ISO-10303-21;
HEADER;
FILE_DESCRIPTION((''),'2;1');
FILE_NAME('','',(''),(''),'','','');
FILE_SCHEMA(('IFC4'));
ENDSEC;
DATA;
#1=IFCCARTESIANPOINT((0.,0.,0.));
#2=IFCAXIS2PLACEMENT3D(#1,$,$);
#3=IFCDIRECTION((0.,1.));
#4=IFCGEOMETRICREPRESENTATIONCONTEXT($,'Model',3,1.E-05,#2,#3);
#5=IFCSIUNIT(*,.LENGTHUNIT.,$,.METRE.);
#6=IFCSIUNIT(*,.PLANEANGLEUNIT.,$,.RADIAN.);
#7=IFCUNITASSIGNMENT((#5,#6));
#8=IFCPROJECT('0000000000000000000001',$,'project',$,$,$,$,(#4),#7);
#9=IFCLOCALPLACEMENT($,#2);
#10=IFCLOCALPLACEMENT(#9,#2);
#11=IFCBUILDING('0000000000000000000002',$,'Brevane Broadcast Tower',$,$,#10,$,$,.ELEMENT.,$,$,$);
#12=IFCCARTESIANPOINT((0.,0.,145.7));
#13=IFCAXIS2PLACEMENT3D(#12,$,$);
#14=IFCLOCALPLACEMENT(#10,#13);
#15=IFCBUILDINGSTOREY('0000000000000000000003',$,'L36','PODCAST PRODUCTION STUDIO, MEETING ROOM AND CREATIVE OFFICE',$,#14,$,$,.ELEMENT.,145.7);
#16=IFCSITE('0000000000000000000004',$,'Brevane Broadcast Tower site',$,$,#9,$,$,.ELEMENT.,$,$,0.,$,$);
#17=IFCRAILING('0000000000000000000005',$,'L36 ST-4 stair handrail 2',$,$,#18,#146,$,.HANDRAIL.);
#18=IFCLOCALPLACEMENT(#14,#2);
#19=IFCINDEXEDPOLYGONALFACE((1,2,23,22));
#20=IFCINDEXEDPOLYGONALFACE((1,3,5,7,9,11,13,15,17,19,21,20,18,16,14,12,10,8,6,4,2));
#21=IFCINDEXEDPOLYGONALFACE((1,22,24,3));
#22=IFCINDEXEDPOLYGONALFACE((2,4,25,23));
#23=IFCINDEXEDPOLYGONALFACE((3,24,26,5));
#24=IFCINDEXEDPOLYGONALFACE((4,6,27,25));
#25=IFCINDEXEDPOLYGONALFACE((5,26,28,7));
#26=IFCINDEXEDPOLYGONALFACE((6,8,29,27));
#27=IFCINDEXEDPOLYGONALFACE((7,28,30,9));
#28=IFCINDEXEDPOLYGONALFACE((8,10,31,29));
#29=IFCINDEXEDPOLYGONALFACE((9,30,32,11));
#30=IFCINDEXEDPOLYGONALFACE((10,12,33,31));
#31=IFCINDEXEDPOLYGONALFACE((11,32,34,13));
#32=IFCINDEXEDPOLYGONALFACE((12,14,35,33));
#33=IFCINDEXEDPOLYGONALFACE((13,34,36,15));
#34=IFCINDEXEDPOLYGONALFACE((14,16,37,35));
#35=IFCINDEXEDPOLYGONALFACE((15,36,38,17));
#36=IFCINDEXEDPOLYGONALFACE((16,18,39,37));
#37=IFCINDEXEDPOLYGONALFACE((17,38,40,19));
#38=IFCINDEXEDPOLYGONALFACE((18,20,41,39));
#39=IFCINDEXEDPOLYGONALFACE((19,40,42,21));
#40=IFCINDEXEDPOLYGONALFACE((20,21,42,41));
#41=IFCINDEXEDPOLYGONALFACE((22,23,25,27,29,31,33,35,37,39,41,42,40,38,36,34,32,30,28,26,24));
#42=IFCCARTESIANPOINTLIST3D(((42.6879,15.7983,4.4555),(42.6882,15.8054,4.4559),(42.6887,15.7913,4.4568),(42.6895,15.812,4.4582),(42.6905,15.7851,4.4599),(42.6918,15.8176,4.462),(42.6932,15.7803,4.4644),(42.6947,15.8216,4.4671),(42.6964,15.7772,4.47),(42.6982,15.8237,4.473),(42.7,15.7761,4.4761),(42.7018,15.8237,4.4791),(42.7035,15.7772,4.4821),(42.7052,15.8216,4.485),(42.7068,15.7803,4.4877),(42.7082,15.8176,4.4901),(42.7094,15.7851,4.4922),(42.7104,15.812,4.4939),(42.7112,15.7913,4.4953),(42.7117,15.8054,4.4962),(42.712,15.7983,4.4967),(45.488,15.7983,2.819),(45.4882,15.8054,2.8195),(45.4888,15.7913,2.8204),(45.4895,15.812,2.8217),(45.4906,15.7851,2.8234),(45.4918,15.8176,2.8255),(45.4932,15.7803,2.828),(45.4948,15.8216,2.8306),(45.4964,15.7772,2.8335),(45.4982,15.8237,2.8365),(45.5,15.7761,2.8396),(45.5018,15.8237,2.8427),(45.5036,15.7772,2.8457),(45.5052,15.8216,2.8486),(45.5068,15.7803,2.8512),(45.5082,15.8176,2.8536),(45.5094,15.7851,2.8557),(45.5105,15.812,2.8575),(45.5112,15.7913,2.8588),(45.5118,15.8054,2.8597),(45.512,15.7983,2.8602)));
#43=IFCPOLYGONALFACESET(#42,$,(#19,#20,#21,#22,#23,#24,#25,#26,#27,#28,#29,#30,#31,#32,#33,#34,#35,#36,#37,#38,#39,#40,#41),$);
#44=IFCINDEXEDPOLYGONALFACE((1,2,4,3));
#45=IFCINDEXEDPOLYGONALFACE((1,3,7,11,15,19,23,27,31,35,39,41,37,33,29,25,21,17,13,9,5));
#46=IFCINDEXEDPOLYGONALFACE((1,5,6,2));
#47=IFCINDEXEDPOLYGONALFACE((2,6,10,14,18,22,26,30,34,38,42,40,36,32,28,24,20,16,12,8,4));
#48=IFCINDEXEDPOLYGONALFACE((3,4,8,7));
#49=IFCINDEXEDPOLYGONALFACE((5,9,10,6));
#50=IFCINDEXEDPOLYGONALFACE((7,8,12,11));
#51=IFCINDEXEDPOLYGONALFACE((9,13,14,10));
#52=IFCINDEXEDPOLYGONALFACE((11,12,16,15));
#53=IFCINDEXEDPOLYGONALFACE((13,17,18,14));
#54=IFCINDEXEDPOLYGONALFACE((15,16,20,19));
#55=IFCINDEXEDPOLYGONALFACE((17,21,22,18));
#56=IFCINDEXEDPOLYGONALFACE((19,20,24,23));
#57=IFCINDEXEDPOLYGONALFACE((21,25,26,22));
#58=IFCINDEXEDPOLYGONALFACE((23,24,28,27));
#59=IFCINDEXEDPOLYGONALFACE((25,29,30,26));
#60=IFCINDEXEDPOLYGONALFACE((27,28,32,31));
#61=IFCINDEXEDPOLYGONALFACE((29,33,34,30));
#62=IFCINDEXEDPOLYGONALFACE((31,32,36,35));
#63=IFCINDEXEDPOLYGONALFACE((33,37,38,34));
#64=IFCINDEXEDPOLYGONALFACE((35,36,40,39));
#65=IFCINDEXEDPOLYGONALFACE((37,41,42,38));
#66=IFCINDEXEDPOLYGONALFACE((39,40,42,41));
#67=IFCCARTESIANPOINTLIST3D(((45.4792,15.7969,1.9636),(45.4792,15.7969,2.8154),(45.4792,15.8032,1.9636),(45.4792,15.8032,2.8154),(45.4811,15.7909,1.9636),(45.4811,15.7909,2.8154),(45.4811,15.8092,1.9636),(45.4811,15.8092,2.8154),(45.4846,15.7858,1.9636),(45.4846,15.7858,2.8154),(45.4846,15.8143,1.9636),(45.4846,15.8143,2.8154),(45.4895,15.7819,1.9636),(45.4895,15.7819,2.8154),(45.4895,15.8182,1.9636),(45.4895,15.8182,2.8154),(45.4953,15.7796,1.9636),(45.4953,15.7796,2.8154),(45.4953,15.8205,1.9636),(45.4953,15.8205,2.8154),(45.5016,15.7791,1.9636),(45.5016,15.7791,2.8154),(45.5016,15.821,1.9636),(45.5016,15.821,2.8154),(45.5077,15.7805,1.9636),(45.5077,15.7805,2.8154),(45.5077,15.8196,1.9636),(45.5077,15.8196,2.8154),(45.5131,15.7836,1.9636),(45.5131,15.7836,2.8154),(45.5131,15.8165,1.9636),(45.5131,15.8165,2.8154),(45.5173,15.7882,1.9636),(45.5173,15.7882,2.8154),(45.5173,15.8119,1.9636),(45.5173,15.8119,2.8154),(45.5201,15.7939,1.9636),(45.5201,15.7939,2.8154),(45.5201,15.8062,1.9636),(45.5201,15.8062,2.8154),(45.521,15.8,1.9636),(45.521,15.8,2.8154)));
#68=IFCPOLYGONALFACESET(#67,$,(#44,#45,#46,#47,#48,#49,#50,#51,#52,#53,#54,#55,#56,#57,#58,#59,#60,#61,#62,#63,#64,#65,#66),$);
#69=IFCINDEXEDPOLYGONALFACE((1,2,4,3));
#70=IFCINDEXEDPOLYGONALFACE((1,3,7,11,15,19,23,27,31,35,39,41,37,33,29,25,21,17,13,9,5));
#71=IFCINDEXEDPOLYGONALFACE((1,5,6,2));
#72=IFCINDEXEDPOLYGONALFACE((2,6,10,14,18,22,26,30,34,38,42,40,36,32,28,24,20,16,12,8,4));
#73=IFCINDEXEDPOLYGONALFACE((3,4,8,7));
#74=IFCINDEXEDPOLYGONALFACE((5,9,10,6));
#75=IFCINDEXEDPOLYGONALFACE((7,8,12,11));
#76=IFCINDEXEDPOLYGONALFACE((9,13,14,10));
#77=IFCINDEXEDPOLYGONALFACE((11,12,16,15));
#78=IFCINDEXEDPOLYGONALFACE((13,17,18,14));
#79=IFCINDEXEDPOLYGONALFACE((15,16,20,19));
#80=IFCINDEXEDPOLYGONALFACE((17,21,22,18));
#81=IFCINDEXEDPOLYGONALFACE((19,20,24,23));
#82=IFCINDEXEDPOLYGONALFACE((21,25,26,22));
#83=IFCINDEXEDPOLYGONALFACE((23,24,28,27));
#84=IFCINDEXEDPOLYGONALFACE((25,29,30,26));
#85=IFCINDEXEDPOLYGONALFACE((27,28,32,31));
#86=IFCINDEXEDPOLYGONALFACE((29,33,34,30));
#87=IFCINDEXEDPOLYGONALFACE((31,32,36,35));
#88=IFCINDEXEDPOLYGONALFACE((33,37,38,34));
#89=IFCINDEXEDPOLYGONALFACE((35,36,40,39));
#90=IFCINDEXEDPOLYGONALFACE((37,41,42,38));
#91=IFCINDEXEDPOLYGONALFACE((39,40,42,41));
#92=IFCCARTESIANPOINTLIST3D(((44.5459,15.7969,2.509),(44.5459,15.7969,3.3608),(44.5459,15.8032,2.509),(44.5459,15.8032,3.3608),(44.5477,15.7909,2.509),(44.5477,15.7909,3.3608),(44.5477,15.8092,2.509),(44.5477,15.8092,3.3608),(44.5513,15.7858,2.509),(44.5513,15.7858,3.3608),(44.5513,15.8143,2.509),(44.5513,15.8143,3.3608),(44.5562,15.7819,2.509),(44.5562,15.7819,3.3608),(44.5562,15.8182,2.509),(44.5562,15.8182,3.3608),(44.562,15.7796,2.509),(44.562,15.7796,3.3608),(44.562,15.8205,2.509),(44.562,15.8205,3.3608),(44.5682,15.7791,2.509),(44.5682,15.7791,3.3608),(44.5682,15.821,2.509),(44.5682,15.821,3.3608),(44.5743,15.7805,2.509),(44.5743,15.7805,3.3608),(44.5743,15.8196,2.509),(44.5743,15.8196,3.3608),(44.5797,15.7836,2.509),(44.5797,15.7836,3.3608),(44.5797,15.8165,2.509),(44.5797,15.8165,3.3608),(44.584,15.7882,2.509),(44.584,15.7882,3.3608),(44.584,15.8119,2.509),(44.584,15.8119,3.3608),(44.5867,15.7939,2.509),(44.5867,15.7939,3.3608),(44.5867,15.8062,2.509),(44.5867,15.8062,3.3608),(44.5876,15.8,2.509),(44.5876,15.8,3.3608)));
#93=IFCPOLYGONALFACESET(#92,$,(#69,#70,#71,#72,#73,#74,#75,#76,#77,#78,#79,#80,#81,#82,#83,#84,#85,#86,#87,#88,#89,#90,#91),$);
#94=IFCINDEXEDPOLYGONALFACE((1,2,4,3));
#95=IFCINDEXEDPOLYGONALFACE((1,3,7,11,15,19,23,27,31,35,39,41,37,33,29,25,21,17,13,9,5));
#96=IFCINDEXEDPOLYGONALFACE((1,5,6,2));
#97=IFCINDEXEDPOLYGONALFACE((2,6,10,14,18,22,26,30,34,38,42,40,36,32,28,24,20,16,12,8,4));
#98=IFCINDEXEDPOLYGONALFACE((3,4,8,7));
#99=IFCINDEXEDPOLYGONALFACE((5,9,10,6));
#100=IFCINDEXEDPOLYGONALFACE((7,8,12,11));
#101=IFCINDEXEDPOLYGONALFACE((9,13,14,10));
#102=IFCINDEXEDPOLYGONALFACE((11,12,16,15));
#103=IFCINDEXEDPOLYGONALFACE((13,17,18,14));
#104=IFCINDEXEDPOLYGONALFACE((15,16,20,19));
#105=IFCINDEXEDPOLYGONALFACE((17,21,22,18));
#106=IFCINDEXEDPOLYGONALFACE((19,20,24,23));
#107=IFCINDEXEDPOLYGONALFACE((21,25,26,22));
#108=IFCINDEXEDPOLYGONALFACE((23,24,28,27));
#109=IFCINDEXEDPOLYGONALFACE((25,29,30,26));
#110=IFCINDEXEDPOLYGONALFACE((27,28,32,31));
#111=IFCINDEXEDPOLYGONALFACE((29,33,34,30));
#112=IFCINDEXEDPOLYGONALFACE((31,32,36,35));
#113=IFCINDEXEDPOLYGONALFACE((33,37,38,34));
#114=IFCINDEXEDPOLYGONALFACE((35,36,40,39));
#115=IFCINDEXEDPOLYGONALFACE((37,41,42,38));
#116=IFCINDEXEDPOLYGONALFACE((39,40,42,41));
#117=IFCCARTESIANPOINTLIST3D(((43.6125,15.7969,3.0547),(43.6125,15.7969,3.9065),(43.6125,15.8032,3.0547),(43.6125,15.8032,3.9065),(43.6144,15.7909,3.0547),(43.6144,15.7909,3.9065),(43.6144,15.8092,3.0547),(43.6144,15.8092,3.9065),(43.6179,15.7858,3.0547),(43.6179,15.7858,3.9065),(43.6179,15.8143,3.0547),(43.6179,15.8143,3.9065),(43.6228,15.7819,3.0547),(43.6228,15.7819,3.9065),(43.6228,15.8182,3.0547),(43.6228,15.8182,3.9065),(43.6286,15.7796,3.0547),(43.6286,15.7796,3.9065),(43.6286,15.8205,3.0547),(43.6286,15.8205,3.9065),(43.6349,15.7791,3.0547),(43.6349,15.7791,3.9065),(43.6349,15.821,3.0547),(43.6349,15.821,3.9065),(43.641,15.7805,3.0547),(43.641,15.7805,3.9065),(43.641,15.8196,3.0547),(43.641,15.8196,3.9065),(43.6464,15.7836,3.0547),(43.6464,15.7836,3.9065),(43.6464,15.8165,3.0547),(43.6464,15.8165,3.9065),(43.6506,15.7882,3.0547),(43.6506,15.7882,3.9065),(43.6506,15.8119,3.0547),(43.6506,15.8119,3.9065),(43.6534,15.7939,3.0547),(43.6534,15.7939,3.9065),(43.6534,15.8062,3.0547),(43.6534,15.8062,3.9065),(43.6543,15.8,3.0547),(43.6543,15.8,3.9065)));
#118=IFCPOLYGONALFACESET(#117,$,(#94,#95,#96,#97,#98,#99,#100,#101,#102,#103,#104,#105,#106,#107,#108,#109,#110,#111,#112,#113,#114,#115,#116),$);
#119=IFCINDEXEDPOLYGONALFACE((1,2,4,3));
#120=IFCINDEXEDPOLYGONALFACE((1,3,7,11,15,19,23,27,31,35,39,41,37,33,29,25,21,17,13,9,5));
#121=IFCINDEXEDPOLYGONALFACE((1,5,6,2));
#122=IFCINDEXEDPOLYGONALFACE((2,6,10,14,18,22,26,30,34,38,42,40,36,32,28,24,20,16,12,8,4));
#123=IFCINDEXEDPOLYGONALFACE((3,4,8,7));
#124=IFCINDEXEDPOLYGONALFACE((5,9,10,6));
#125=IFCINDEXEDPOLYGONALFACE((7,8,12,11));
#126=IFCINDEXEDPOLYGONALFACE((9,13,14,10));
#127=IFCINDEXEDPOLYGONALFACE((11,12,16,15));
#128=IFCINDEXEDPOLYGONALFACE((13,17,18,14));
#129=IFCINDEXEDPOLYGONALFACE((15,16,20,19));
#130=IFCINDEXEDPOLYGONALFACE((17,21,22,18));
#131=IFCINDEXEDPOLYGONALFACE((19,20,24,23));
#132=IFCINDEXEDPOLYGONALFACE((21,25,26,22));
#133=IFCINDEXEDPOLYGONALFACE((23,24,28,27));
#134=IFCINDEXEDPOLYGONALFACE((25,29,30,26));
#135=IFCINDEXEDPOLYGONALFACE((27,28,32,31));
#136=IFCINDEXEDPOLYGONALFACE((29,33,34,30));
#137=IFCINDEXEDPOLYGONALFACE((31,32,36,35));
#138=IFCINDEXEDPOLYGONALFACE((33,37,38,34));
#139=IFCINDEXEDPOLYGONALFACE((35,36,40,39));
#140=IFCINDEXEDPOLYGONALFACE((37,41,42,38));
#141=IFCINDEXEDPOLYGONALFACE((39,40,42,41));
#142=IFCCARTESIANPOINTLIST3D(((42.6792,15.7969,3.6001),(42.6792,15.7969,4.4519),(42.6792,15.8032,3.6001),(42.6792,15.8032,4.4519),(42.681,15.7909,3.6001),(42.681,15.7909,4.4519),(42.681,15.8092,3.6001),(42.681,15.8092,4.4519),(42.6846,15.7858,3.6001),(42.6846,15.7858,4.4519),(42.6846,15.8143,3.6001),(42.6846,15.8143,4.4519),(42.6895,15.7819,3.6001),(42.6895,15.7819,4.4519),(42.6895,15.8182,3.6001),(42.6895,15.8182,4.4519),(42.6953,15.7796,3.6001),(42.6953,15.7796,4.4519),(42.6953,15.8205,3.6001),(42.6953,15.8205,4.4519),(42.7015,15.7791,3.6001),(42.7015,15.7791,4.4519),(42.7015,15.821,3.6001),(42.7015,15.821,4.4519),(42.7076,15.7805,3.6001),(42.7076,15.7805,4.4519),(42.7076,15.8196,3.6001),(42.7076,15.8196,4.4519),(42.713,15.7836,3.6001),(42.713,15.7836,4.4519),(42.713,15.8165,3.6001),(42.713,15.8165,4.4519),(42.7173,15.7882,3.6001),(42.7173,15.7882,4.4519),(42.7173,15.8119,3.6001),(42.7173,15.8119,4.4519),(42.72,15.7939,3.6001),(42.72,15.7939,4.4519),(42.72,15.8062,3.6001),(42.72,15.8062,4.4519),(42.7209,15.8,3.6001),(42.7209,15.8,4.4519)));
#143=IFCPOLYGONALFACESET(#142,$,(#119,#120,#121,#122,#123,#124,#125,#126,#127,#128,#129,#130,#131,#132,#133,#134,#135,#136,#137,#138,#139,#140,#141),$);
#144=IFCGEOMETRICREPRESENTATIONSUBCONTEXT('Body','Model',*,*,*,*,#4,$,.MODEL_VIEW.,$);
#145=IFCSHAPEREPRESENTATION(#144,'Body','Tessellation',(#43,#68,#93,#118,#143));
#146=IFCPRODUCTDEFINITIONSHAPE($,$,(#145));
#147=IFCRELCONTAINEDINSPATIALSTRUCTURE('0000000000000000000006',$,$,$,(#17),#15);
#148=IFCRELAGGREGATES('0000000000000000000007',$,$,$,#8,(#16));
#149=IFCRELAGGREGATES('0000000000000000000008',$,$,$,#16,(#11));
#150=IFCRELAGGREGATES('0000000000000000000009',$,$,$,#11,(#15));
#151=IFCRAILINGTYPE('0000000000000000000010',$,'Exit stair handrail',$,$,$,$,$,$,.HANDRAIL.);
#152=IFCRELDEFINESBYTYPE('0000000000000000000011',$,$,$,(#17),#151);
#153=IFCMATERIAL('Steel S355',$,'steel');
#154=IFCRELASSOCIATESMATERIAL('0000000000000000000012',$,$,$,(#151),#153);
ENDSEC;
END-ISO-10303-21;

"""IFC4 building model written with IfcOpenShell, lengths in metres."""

from ifc_helpers import new_model, si_unit, direction, frame, origin, origin_2d, place, context, subcontext, project, spatial, circle, extrude, material, type_object, element, save


model = new_model("IFC4")

# Units and contexts
model_context = context("Model", 3, precision=1e-05, world=origin(), true_north=direction((0.0, 1.0)))
body_context = subcontext(model_context, "Body", "Model", "MODEL_VIEW")
ifc_project = project(units=[si_unit("LENGTHUNIT", "METRE"), si_unit("PLANEANGLEUNIT", "RADIAN")], contexts=[model_context])

# Site, building, storey
site_placement = place(None, origin())
site = spatial("IfcSite", under=ifc_project, at=site_placement, Name="Brevane Broadcast Tower site", CompositionType="ELEMENT", RefElevation=0.0)
building_placement = place(site_placement, origin())
building = spatial("IfcBuilding", under=site, at=building_placement, Name="Brevane Broadcast Tower", CompositionType="ELEMENT")
storey_placement = place(building_placement, frame((0.0, 0.0, 145.7)))
storey = spatial("IfcBuildingStorey", under=building, at=storey_placement, Name="L36", Description="PODCAST PRODUCTION STUDIO, MEETING ROOM AND CREATIVE OFFICE", CompositionType="ELEMENT", Elevation=145.7)

# Railing
ifc_material_1 = material(Name="Steel S355", Category="steel")
railing_type_1 = type_object("IfcRailingType", Name="Exit stair handrail", PredefinedType="HANDRAIL", material=ifc_material_1)
railing_1_placement = place(storey_placement, frame((45.5, 15.8, 1.9636)))
element("IfcRailing", 1, at=railing_1_placement, inside=storey, type_object=railing_type_1, Name="L36 ST-4 stair handrail 2", PredefinedType="HANDRAIL", context=body_context, shape_type="SweptSolid", body=[
    extrude(circle(Radius=0.0239, at=origin_2d()), frame((0.0, 0.0, 0.876), z_axis=(-0.863361, 0.0, 0.504587), x_axis=(0.0, -1.0, 0.0)), (0.0, 0.0, 1.0), 3.2432),
    extrude(circle(Radius=0.021, at=origin_2d()), origin(), (0.0, 0.0, 1.0), 0.8518),
    extrude(circle(Radius=0.021, at=origin_2d()), frame((-0.9333, 0.0, 0.5454)), (0.0, 0.0, 1.0), 0.8518),
    extrude(circle(Radius=0.021, at=origin_2d()), frame((-1.8667, 0.0, 1.0911)), (0.0, 0.0, 1.0), 0.8518),
    extrude(circle(Radius=0.021, at=origin_2d()), frame((-2.8, 0.0, 1.6365)), (0.0, 0.0, 1.0), 0.8518),
])

save(model, "model.ifc")
